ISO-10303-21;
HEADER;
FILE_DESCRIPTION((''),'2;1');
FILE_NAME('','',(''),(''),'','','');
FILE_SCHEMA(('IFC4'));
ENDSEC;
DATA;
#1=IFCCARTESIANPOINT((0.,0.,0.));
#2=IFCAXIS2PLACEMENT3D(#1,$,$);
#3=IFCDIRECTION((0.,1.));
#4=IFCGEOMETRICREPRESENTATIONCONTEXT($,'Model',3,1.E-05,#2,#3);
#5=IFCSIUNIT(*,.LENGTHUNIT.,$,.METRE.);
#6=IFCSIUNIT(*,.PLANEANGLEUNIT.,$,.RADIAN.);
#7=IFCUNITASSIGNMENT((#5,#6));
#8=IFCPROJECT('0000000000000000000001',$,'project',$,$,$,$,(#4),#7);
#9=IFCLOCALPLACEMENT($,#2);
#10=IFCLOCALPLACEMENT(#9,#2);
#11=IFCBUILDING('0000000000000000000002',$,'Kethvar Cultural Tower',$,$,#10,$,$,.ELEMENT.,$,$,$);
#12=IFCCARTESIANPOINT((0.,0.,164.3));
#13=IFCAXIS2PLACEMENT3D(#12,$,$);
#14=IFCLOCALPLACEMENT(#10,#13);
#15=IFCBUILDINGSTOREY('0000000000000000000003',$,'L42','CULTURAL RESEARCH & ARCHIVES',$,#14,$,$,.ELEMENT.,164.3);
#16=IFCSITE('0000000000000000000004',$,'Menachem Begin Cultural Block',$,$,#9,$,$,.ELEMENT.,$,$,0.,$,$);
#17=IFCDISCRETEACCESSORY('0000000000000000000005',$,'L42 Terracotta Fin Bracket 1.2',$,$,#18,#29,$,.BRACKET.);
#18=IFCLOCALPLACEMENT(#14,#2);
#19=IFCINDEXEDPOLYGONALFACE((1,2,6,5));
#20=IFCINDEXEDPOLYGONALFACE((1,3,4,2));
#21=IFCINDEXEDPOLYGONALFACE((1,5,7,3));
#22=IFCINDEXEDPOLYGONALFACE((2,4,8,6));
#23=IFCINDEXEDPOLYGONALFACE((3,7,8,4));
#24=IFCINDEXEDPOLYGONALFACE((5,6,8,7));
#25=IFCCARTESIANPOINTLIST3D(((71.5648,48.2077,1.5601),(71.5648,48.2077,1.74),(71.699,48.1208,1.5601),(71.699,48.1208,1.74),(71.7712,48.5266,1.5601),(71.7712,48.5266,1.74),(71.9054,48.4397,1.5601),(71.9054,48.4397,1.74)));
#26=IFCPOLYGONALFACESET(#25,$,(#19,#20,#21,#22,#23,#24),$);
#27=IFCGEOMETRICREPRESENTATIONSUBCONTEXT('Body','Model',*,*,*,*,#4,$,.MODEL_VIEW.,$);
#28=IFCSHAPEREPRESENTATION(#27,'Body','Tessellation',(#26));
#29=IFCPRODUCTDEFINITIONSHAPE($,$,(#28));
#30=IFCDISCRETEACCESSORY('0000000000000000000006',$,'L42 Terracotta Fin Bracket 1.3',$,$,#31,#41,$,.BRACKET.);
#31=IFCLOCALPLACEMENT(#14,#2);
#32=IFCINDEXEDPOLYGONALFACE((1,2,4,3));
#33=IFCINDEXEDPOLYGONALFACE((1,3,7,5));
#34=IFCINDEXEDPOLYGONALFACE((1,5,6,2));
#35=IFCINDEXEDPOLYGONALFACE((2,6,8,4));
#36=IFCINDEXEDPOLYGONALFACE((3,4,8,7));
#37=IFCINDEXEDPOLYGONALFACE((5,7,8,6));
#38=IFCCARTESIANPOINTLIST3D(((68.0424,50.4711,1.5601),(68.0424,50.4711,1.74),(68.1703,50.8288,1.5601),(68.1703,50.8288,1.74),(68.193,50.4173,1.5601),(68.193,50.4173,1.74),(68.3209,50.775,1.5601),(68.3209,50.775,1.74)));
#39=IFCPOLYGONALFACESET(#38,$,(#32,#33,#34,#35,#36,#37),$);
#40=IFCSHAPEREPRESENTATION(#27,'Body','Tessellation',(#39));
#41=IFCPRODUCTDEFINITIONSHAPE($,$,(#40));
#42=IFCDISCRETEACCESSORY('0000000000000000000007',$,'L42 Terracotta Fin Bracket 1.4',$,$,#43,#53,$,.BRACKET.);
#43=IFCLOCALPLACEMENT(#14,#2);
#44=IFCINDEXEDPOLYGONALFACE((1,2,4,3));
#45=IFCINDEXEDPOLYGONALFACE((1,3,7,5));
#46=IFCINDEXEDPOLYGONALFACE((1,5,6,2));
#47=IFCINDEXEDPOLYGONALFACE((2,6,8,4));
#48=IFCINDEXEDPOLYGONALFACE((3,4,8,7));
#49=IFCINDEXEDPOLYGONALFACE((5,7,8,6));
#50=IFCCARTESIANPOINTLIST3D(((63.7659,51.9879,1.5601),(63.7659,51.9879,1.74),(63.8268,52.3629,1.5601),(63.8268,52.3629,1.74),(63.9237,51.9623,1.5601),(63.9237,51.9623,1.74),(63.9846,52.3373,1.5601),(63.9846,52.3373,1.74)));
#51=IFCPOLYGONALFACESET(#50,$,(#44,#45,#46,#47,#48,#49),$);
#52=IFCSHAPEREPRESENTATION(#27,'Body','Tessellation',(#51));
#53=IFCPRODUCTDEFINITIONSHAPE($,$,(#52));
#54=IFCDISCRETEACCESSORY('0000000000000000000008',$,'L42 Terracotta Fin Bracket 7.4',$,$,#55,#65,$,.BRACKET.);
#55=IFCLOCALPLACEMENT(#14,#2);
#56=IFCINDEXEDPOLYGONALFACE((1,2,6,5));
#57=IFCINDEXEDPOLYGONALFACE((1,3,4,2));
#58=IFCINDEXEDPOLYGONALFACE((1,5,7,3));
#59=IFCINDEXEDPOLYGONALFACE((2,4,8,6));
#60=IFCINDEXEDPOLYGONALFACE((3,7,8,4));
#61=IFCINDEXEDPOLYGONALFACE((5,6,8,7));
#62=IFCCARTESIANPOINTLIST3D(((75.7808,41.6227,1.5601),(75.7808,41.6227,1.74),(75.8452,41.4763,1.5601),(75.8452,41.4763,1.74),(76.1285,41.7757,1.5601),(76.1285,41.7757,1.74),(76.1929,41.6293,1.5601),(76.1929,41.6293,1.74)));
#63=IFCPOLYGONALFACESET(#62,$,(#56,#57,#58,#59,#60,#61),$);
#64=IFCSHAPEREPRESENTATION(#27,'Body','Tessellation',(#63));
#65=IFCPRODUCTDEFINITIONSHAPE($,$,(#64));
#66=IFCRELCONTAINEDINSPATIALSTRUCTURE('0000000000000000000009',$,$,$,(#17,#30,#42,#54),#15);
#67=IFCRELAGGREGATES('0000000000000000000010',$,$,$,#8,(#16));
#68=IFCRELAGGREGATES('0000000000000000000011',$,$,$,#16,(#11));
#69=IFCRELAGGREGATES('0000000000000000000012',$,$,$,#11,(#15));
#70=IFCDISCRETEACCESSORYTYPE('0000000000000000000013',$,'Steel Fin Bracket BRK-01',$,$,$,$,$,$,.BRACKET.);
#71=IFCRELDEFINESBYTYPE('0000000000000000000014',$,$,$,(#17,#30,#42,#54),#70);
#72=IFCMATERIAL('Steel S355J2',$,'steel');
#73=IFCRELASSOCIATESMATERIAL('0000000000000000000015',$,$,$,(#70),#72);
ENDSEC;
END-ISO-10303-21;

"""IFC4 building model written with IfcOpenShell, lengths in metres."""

from ifc_helpers import new_model, si_unit, direction, frame, origin, origin_2d, place, context, subcontext, project, spatial, rectangle, extrude, source, transform, mapped, material, type_object, element, save


model = new_model("IFC4")

# Units and contexts
model_context = context("Model", 3, precision=1e-05, world=origin(), true_north=direction((0.0, 1.0)))
body_context = subcontext(model_context, "Body", "Model", "MODEL_VIEW")
ifc_project = project(units=[si_unit("LENGTHUNIT", "METRE"), si_unit("PLANEANGLEUNIT", "RADIAN")], contexts=[model_context])

# Site, building, storey
site_placement = place(None, origin())
site = spatial("IfcSite", under=ifc_project, at=site_placement, Name="Menachem Begin Cultural Block", CompositionType="ELEMENT", RefElevation=0.0)
building_placement = place(site_placement, origin())
building = spatial("IfcBuilding", under=site, at=building_placement, Name="Kethvar Cultural Tower", CompositionType="ELEMENT")
storey_placement = place(building_placement, frame((0.0, 0.0, 164.3)))
storey = spatial("IfcBuildingStorey", under=building, at=storey_placement, Name="L42", Description="CULTURAL RESEARCH & ARCHIVES", CompositionType="ELEMENT", Elevation=164.3)

# Shared definitions
ifc_material_1 = material(Name="Steel S355J2", Category="steel")

# Discrete accessories
discrete_accessory_type = type_object("IfcDiscreteAccessoryType", Name="Steel Fin Bracket BRK-01", PredefinedType="BRACKET", material=ifc_material_1)
shared_shape_1 = source(origin(), body_context, "Body", "SweptSolid", [
    extrude(rectangle(XDim=0.3799, YDim=0.1599, at=origin_2d()), origin(), (0.0, 0.0, 1.0), 0.1799),
])
for number, where, z_axis, x_axis, name in (
    (1, (71.7351, 48.3237, 1.5601), (0.0, 0.0, 1.0), (0.543321, 0.839525, 0.0), "L42 Terracotta Fin Bracket 1.2"),
    (2, (68.1816, 50.623, 1.5601), (0.0, 0.0, 1.0), (0.336767, 0.941588, 0.0), "L42 Terracotta Fin Bracket 1.3"),
    (3, (63.8752, 52.1626, 1.5601), (0.0, 0.0, 1.0), (0.160226, 0.98708, 0.0), "L42 Terracotta Fin Bracket 1.4"),
    (4, (75.9868, 41.626, 1.5601), (0.0, 0.0, 1.0), (0.915311, 0.402747, 0.0), "L42 Terracotta Fin Bracket 7.4"),
):
    element("IfcDiscreteAccessory", number, at=place(storey_placement, frame(where, z_axis=z_axis, x_axis=x_axis)), inside=storey, type_object=discrete_accessory_type, Name=name, PredefinedType="BRACKET", context=body_context, shape_type="MappedRepresentation", body=[
        mapped(shared_shape_1, transform((0.0, 0.0, 0.0), scale=1.0)),
    ])

save(model, "model.ifc")
